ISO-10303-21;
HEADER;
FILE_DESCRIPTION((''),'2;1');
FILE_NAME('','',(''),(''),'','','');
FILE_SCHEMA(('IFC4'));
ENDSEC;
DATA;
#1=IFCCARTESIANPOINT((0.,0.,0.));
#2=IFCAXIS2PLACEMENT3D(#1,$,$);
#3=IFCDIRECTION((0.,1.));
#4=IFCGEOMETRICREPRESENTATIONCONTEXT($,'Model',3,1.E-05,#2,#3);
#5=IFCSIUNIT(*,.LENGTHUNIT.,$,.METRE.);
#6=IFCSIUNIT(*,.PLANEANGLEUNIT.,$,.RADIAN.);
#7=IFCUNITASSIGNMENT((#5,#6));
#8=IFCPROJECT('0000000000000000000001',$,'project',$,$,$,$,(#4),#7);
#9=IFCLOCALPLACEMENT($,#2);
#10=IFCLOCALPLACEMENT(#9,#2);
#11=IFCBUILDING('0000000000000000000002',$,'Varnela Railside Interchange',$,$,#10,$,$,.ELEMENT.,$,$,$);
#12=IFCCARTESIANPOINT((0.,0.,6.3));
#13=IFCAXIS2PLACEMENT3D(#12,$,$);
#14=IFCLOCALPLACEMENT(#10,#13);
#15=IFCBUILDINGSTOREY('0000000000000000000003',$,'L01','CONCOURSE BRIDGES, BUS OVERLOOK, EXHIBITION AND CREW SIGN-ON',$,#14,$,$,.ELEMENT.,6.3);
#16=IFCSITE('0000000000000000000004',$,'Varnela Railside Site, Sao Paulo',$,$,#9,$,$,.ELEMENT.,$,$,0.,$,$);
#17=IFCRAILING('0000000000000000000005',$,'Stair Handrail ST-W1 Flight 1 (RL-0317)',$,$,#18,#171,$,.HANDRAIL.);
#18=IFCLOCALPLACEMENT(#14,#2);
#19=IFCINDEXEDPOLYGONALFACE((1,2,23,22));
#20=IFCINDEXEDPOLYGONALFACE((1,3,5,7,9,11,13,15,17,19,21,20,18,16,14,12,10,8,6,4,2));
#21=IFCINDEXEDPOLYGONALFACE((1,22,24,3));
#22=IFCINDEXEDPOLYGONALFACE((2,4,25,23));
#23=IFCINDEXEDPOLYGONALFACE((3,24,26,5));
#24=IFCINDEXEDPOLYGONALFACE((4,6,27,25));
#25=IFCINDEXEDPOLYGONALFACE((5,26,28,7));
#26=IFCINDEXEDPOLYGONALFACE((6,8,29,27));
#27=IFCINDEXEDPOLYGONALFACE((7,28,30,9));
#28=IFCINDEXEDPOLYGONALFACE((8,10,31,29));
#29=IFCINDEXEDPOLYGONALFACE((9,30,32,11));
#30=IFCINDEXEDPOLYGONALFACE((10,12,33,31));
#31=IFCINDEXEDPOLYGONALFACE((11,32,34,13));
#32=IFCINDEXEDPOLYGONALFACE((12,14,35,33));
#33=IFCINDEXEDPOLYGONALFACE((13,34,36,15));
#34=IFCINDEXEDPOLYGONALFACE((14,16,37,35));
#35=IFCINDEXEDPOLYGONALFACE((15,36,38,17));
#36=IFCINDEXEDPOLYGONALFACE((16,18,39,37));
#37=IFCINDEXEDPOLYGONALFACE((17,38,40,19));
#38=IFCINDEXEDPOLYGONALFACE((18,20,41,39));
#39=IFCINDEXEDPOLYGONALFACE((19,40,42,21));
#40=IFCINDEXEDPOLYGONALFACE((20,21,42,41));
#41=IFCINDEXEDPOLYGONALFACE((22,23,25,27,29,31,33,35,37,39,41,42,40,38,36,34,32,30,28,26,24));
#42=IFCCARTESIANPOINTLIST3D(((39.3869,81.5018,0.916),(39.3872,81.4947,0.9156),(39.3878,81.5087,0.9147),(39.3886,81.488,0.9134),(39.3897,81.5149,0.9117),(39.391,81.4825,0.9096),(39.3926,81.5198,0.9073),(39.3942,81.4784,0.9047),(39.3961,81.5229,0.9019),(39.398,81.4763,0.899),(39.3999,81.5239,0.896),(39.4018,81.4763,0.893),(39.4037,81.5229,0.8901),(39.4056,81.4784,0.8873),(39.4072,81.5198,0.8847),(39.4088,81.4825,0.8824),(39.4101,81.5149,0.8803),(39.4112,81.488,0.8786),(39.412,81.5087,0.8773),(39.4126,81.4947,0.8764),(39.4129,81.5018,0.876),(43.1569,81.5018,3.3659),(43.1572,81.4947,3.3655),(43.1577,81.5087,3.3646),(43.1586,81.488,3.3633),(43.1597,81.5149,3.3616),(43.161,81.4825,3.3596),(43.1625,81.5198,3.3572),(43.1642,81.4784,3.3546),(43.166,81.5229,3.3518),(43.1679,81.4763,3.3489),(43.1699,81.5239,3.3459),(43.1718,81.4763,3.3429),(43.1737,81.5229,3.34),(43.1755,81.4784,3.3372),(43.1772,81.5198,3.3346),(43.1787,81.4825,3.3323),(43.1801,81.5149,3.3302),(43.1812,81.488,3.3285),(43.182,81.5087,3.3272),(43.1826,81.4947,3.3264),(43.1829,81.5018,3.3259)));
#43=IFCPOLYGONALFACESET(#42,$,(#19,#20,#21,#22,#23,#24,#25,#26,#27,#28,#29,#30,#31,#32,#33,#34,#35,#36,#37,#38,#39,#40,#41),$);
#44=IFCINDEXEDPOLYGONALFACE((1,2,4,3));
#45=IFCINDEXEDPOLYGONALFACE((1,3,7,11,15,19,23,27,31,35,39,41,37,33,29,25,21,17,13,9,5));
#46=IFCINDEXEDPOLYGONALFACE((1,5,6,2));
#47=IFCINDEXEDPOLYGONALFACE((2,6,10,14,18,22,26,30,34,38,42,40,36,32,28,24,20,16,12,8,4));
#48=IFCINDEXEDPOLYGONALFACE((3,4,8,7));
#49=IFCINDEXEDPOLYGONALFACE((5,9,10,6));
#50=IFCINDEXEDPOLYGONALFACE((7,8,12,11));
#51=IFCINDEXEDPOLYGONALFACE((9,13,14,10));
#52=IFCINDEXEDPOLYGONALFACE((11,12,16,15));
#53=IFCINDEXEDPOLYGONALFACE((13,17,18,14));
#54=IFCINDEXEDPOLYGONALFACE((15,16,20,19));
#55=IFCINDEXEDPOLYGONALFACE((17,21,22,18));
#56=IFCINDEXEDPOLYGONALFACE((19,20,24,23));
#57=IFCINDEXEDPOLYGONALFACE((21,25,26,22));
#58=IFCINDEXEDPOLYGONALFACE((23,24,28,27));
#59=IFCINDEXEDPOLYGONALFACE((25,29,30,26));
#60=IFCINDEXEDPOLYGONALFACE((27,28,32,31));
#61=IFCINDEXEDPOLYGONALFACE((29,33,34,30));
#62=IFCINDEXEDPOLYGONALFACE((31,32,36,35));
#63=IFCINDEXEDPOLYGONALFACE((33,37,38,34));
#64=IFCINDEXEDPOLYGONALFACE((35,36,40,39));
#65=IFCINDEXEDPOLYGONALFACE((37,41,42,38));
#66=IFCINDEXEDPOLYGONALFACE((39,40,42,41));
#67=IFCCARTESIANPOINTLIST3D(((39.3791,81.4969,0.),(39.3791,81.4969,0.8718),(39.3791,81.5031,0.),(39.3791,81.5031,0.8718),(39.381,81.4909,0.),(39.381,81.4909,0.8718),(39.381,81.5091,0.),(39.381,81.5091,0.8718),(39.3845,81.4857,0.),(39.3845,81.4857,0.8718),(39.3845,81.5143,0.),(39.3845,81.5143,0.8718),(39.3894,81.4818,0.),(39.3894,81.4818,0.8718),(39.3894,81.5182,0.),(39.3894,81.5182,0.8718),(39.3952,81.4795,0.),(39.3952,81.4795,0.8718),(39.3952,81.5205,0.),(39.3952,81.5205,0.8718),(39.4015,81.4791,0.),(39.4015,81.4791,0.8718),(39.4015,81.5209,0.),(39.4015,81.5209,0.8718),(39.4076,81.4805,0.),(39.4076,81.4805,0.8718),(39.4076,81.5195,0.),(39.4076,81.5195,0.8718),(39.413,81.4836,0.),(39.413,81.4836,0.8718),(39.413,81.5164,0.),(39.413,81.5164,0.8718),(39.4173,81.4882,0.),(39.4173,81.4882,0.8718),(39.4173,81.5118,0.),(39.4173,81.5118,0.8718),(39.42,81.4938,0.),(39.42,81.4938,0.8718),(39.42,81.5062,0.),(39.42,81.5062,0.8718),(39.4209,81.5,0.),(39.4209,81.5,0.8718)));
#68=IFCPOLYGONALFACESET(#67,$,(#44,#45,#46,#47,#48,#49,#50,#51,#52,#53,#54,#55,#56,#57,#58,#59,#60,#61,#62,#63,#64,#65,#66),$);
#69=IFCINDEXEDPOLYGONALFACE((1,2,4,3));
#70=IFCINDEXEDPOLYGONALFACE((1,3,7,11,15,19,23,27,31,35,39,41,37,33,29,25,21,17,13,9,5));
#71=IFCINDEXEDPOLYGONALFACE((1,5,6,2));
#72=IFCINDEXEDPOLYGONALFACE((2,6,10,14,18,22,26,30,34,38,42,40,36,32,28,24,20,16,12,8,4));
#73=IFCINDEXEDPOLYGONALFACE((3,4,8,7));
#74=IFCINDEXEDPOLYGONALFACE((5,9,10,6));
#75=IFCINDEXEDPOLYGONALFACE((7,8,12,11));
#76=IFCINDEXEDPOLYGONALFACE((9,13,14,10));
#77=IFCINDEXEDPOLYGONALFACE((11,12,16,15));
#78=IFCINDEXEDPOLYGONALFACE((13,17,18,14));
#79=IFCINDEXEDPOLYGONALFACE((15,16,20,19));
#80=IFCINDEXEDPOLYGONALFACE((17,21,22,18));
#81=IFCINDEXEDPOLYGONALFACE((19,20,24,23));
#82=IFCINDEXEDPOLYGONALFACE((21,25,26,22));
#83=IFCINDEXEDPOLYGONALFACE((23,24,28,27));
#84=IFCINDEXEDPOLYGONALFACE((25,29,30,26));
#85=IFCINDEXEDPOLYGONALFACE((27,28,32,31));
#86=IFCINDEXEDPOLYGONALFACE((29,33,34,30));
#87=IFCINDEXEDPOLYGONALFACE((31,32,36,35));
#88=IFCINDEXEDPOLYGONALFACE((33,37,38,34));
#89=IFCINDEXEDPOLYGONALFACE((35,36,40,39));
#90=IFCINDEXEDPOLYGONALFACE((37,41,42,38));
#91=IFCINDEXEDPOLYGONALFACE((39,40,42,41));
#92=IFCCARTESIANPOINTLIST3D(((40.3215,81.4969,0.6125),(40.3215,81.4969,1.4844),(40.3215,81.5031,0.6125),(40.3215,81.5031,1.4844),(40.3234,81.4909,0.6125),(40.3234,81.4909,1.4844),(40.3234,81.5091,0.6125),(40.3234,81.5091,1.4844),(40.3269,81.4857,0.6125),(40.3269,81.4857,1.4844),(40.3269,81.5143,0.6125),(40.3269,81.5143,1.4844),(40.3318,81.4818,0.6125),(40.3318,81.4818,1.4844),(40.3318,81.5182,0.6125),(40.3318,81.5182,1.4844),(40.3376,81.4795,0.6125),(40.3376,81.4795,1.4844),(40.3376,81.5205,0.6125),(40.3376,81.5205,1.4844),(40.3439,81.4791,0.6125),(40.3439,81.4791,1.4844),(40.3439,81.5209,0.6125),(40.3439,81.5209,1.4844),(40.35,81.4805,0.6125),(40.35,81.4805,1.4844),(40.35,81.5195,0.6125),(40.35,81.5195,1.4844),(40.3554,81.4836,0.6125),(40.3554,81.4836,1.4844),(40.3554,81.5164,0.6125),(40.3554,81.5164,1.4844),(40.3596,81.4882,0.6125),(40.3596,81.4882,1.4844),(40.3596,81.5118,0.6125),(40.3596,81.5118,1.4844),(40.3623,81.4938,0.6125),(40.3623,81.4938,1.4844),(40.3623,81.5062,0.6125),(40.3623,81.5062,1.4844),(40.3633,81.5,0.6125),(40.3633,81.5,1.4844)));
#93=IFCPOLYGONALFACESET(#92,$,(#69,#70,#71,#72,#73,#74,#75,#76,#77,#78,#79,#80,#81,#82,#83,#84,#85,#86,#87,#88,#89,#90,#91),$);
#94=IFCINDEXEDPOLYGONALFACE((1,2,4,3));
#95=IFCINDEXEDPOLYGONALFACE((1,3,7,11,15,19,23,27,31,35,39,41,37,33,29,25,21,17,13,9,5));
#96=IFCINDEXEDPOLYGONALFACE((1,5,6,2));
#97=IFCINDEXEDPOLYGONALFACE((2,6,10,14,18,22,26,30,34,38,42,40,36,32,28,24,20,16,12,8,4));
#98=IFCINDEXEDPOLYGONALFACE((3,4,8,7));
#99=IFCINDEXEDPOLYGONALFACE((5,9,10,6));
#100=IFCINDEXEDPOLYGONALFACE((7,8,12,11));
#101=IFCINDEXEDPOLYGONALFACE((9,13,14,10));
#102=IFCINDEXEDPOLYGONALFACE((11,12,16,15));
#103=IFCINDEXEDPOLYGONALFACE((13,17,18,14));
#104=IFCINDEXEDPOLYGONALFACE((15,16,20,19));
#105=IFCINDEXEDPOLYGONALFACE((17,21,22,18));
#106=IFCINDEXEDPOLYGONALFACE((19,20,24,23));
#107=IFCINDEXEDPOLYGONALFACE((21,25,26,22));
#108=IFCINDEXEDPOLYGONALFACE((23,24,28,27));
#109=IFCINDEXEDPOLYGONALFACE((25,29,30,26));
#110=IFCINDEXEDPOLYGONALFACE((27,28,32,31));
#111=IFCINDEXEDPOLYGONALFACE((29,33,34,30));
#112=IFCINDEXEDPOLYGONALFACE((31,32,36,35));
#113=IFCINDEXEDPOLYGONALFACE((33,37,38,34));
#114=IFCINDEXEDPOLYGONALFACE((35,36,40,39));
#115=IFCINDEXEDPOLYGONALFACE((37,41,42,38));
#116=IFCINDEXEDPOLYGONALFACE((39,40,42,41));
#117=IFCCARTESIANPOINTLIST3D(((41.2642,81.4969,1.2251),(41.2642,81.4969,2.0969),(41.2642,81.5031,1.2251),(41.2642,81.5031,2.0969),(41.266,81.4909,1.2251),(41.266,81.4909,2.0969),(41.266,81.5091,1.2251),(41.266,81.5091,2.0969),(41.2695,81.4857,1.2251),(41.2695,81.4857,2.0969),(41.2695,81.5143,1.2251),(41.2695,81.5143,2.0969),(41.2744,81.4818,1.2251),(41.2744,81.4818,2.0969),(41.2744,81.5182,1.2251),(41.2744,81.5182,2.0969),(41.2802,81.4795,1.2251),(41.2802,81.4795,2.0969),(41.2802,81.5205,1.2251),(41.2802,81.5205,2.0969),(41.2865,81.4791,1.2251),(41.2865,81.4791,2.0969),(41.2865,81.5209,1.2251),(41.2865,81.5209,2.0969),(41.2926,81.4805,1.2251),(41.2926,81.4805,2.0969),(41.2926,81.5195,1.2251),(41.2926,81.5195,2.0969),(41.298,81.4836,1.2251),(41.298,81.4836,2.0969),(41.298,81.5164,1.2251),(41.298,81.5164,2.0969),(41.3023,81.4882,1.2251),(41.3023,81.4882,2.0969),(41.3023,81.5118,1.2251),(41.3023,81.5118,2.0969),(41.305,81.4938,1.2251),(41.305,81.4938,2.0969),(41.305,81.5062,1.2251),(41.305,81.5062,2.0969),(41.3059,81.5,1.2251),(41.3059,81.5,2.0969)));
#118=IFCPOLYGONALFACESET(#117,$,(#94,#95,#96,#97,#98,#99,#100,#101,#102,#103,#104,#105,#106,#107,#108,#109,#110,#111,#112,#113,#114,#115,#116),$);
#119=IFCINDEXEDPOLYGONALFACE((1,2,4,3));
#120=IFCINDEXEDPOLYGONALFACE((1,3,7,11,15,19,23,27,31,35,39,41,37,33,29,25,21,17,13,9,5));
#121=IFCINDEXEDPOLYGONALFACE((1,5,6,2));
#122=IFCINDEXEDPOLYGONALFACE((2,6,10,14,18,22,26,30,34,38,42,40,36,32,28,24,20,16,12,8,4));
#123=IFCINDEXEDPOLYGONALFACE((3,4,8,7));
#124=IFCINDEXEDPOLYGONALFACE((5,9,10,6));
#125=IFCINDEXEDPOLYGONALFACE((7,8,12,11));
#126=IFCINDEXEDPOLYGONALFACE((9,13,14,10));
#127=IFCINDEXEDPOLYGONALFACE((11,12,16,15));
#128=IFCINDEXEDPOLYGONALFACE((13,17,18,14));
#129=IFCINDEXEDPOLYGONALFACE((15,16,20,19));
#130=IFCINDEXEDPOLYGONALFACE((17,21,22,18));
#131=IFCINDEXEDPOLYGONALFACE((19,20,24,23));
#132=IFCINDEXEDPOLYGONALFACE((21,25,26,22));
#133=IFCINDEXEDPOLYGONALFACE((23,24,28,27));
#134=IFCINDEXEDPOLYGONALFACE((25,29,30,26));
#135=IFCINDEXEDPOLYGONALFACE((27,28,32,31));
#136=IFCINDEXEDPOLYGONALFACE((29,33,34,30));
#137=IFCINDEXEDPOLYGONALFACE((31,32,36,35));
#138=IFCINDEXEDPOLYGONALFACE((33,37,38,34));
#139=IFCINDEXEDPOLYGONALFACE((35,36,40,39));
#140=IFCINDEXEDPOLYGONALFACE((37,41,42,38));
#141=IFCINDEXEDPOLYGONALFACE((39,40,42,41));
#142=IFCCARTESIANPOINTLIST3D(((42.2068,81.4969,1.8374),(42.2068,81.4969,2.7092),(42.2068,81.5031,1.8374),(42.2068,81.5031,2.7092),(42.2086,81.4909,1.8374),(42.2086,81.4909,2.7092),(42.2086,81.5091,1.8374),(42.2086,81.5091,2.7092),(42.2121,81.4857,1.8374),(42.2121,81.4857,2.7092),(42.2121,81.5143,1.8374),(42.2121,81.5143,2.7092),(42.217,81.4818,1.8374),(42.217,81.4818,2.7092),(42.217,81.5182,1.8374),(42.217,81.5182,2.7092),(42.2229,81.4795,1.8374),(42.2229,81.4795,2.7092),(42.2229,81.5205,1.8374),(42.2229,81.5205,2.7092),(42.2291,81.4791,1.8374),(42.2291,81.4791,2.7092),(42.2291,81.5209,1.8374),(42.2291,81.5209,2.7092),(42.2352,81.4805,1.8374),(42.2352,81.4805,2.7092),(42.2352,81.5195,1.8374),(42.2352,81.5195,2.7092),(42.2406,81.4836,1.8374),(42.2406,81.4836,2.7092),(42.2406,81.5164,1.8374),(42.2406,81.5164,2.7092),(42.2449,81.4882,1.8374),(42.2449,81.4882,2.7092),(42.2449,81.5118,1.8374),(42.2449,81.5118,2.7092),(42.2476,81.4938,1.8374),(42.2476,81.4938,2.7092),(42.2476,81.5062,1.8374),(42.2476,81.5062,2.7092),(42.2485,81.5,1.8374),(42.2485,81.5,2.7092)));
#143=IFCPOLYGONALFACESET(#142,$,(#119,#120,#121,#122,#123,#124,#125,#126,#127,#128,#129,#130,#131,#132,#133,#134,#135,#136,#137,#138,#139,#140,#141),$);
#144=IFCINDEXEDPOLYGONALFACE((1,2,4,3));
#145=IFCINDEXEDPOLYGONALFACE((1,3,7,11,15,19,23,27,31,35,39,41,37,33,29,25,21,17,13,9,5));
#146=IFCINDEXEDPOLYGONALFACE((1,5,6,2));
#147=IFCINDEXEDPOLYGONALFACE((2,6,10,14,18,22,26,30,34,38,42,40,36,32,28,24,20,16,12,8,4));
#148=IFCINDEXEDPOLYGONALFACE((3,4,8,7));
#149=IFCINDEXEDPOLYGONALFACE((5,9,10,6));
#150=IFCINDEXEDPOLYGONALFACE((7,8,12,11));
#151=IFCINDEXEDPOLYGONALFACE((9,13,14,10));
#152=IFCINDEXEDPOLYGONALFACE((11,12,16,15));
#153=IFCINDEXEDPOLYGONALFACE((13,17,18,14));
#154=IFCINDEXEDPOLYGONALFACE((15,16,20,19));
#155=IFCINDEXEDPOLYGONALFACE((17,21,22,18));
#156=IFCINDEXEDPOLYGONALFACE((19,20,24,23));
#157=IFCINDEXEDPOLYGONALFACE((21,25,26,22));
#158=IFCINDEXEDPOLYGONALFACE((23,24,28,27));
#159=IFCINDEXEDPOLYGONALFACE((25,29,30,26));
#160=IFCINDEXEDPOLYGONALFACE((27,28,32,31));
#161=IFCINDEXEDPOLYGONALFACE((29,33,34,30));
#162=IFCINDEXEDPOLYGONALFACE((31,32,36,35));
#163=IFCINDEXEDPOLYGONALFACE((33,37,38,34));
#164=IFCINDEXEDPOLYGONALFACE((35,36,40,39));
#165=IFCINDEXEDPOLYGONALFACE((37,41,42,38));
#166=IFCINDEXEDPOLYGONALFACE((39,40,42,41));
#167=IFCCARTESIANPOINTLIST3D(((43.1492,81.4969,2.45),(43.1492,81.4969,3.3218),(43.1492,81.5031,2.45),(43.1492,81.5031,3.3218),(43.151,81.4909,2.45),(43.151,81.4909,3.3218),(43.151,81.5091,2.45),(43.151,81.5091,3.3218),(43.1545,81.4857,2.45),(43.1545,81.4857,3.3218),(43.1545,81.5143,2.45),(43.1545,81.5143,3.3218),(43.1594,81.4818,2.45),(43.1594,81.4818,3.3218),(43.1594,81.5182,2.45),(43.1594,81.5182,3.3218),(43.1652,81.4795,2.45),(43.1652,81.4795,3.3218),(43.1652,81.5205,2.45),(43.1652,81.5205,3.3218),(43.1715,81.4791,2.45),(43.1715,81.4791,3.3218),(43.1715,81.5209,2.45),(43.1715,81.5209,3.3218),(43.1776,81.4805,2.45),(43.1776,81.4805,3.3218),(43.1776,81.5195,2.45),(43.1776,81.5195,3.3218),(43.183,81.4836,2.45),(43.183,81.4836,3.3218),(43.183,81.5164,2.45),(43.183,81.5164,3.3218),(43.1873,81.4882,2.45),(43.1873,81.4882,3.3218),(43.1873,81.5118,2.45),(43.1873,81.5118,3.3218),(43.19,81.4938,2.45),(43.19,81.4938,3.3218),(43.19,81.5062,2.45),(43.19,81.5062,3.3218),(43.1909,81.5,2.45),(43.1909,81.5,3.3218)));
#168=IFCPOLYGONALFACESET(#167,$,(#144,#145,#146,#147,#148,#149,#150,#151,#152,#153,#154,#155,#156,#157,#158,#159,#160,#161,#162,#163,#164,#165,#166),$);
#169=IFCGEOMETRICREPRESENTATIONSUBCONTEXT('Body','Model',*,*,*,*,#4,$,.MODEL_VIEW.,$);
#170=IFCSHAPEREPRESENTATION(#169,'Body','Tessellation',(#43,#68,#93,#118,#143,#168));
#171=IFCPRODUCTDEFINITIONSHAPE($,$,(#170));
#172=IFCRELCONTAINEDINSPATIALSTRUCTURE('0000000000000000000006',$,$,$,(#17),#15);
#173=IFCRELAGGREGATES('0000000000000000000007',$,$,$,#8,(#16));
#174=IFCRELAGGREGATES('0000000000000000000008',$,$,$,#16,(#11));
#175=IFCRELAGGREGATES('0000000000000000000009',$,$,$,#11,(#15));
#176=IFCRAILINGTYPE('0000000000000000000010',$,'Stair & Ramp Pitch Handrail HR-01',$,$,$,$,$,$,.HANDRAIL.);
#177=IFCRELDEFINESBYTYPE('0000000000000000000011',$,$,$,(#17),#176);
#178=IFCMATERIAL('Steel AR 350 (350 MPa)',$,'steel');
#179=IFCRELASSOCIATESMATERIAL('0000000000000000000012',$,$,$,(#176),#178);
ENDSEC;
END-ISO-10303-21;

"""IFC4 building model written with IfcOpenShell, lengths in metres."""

from ifc_helpers import new_model, si_unit, direction, frame, origin, origin_2d, place, context, subcontext, project, spatial, circle, extrude, material, type_object, element, save


model = new_model("IFC4")

# Units and contexts
model_context = context("Model", 3, precision=1e-05, world=origin(), true_north=direction((0.0, 1.0)))
body_context = subcontext(model_context, "Body", "Model", "MODEL_VIEW")
ifc_project = project(units=[si_unit("LENGTHUNIT", "METRE"), si_unit("PLANEANGLEUNIT", "RADIAN")], contexts=[model_context])

# Site, building, storey
site_placement = place(None, origin())
site = spatial("IfcSite", under=ifc_project, at=site_placement, Name="Varnela Railside Site, Sao Paulo", CompositionType="ELEMENT", RefElevation=0.0)
building_placement = place(site_placement, origin())
building = spatial("IfcBuilding", under=site, at=building_placement, Name="Varnela Railside Interchange", CompositionType="ELEMENT")
storey_placement = place(building_placement, frame((0.0, 0.0, 6.3)))
storey = spatial("IfcBuildingStorey", under=building, at=storey_placement, Name="L01", Description="CONCOURSE BRIDGES, BUS OVERLOOK, EXHIBITION AND CREW SIGN-ON", CompositionType="ELEMENT", Elevation=6.3)

# Shared definitions
ifc_material_1 = material(Name="Steel AR 350 (350 MPa)", Category="steel")

# Railing
railing_type_1 = type_object("IfcRailingType", Name="Stair & Ramp Pitch Handrail HR-01", PredefinedType="HANDRAIL", material=ifc_material_1)
railing_1_placement = place(storey_placement, frame((39.3999, 81.5, 0.0)))
element("IfcRailing", 1, at=railing_1_placement, inside=storey, type_object=railing_type_1, Name="Stair Handrail ST-W1 Flight 1 (RL-0317)", PredefinedType="HANDRAIL", context=body_context, shape_type="SweptSolid", body=[
    extrude(circle(Radius=0.0239, at=origin_2d()), frame((0.0, 0.0, 0.896), z_axis=(0.838501, 0.0, 0.544901), x_axis=(0.0, 1.0, 0.0)), (0.0, 0.0, 1.0), 4.4961),
    extrude(circle(Radius=0.021, at=origin_2d()), origin(), (0.0, 0.0, 1.0), 0.8718),
    extrude(circle(Radius=0.021, at=origin_2d()), frame((0.9424, 0.0, 0.6125)), (0.0, 0.0, 1.0), 0.8718),
    extrude(circle(Radius=0.021, at=origin_2d()), frame((1.885, 0.0, 1.2251)), (0.0, 0.0, 1.0), 0.8718),
    extrude(circle(Radius=0.021, at=origin_2d()), frame((2.8276, 0.0, 1.8374)), (0.0, 0.0, 1.0), 0.8718),
    extrude(circle(Radius=0.021, at=origin_2d()), frame((3.77, 0.0, 2.45)), (0.0, 0.0, 1.0), 0.8718),
])

save(model, "model.ifc")
